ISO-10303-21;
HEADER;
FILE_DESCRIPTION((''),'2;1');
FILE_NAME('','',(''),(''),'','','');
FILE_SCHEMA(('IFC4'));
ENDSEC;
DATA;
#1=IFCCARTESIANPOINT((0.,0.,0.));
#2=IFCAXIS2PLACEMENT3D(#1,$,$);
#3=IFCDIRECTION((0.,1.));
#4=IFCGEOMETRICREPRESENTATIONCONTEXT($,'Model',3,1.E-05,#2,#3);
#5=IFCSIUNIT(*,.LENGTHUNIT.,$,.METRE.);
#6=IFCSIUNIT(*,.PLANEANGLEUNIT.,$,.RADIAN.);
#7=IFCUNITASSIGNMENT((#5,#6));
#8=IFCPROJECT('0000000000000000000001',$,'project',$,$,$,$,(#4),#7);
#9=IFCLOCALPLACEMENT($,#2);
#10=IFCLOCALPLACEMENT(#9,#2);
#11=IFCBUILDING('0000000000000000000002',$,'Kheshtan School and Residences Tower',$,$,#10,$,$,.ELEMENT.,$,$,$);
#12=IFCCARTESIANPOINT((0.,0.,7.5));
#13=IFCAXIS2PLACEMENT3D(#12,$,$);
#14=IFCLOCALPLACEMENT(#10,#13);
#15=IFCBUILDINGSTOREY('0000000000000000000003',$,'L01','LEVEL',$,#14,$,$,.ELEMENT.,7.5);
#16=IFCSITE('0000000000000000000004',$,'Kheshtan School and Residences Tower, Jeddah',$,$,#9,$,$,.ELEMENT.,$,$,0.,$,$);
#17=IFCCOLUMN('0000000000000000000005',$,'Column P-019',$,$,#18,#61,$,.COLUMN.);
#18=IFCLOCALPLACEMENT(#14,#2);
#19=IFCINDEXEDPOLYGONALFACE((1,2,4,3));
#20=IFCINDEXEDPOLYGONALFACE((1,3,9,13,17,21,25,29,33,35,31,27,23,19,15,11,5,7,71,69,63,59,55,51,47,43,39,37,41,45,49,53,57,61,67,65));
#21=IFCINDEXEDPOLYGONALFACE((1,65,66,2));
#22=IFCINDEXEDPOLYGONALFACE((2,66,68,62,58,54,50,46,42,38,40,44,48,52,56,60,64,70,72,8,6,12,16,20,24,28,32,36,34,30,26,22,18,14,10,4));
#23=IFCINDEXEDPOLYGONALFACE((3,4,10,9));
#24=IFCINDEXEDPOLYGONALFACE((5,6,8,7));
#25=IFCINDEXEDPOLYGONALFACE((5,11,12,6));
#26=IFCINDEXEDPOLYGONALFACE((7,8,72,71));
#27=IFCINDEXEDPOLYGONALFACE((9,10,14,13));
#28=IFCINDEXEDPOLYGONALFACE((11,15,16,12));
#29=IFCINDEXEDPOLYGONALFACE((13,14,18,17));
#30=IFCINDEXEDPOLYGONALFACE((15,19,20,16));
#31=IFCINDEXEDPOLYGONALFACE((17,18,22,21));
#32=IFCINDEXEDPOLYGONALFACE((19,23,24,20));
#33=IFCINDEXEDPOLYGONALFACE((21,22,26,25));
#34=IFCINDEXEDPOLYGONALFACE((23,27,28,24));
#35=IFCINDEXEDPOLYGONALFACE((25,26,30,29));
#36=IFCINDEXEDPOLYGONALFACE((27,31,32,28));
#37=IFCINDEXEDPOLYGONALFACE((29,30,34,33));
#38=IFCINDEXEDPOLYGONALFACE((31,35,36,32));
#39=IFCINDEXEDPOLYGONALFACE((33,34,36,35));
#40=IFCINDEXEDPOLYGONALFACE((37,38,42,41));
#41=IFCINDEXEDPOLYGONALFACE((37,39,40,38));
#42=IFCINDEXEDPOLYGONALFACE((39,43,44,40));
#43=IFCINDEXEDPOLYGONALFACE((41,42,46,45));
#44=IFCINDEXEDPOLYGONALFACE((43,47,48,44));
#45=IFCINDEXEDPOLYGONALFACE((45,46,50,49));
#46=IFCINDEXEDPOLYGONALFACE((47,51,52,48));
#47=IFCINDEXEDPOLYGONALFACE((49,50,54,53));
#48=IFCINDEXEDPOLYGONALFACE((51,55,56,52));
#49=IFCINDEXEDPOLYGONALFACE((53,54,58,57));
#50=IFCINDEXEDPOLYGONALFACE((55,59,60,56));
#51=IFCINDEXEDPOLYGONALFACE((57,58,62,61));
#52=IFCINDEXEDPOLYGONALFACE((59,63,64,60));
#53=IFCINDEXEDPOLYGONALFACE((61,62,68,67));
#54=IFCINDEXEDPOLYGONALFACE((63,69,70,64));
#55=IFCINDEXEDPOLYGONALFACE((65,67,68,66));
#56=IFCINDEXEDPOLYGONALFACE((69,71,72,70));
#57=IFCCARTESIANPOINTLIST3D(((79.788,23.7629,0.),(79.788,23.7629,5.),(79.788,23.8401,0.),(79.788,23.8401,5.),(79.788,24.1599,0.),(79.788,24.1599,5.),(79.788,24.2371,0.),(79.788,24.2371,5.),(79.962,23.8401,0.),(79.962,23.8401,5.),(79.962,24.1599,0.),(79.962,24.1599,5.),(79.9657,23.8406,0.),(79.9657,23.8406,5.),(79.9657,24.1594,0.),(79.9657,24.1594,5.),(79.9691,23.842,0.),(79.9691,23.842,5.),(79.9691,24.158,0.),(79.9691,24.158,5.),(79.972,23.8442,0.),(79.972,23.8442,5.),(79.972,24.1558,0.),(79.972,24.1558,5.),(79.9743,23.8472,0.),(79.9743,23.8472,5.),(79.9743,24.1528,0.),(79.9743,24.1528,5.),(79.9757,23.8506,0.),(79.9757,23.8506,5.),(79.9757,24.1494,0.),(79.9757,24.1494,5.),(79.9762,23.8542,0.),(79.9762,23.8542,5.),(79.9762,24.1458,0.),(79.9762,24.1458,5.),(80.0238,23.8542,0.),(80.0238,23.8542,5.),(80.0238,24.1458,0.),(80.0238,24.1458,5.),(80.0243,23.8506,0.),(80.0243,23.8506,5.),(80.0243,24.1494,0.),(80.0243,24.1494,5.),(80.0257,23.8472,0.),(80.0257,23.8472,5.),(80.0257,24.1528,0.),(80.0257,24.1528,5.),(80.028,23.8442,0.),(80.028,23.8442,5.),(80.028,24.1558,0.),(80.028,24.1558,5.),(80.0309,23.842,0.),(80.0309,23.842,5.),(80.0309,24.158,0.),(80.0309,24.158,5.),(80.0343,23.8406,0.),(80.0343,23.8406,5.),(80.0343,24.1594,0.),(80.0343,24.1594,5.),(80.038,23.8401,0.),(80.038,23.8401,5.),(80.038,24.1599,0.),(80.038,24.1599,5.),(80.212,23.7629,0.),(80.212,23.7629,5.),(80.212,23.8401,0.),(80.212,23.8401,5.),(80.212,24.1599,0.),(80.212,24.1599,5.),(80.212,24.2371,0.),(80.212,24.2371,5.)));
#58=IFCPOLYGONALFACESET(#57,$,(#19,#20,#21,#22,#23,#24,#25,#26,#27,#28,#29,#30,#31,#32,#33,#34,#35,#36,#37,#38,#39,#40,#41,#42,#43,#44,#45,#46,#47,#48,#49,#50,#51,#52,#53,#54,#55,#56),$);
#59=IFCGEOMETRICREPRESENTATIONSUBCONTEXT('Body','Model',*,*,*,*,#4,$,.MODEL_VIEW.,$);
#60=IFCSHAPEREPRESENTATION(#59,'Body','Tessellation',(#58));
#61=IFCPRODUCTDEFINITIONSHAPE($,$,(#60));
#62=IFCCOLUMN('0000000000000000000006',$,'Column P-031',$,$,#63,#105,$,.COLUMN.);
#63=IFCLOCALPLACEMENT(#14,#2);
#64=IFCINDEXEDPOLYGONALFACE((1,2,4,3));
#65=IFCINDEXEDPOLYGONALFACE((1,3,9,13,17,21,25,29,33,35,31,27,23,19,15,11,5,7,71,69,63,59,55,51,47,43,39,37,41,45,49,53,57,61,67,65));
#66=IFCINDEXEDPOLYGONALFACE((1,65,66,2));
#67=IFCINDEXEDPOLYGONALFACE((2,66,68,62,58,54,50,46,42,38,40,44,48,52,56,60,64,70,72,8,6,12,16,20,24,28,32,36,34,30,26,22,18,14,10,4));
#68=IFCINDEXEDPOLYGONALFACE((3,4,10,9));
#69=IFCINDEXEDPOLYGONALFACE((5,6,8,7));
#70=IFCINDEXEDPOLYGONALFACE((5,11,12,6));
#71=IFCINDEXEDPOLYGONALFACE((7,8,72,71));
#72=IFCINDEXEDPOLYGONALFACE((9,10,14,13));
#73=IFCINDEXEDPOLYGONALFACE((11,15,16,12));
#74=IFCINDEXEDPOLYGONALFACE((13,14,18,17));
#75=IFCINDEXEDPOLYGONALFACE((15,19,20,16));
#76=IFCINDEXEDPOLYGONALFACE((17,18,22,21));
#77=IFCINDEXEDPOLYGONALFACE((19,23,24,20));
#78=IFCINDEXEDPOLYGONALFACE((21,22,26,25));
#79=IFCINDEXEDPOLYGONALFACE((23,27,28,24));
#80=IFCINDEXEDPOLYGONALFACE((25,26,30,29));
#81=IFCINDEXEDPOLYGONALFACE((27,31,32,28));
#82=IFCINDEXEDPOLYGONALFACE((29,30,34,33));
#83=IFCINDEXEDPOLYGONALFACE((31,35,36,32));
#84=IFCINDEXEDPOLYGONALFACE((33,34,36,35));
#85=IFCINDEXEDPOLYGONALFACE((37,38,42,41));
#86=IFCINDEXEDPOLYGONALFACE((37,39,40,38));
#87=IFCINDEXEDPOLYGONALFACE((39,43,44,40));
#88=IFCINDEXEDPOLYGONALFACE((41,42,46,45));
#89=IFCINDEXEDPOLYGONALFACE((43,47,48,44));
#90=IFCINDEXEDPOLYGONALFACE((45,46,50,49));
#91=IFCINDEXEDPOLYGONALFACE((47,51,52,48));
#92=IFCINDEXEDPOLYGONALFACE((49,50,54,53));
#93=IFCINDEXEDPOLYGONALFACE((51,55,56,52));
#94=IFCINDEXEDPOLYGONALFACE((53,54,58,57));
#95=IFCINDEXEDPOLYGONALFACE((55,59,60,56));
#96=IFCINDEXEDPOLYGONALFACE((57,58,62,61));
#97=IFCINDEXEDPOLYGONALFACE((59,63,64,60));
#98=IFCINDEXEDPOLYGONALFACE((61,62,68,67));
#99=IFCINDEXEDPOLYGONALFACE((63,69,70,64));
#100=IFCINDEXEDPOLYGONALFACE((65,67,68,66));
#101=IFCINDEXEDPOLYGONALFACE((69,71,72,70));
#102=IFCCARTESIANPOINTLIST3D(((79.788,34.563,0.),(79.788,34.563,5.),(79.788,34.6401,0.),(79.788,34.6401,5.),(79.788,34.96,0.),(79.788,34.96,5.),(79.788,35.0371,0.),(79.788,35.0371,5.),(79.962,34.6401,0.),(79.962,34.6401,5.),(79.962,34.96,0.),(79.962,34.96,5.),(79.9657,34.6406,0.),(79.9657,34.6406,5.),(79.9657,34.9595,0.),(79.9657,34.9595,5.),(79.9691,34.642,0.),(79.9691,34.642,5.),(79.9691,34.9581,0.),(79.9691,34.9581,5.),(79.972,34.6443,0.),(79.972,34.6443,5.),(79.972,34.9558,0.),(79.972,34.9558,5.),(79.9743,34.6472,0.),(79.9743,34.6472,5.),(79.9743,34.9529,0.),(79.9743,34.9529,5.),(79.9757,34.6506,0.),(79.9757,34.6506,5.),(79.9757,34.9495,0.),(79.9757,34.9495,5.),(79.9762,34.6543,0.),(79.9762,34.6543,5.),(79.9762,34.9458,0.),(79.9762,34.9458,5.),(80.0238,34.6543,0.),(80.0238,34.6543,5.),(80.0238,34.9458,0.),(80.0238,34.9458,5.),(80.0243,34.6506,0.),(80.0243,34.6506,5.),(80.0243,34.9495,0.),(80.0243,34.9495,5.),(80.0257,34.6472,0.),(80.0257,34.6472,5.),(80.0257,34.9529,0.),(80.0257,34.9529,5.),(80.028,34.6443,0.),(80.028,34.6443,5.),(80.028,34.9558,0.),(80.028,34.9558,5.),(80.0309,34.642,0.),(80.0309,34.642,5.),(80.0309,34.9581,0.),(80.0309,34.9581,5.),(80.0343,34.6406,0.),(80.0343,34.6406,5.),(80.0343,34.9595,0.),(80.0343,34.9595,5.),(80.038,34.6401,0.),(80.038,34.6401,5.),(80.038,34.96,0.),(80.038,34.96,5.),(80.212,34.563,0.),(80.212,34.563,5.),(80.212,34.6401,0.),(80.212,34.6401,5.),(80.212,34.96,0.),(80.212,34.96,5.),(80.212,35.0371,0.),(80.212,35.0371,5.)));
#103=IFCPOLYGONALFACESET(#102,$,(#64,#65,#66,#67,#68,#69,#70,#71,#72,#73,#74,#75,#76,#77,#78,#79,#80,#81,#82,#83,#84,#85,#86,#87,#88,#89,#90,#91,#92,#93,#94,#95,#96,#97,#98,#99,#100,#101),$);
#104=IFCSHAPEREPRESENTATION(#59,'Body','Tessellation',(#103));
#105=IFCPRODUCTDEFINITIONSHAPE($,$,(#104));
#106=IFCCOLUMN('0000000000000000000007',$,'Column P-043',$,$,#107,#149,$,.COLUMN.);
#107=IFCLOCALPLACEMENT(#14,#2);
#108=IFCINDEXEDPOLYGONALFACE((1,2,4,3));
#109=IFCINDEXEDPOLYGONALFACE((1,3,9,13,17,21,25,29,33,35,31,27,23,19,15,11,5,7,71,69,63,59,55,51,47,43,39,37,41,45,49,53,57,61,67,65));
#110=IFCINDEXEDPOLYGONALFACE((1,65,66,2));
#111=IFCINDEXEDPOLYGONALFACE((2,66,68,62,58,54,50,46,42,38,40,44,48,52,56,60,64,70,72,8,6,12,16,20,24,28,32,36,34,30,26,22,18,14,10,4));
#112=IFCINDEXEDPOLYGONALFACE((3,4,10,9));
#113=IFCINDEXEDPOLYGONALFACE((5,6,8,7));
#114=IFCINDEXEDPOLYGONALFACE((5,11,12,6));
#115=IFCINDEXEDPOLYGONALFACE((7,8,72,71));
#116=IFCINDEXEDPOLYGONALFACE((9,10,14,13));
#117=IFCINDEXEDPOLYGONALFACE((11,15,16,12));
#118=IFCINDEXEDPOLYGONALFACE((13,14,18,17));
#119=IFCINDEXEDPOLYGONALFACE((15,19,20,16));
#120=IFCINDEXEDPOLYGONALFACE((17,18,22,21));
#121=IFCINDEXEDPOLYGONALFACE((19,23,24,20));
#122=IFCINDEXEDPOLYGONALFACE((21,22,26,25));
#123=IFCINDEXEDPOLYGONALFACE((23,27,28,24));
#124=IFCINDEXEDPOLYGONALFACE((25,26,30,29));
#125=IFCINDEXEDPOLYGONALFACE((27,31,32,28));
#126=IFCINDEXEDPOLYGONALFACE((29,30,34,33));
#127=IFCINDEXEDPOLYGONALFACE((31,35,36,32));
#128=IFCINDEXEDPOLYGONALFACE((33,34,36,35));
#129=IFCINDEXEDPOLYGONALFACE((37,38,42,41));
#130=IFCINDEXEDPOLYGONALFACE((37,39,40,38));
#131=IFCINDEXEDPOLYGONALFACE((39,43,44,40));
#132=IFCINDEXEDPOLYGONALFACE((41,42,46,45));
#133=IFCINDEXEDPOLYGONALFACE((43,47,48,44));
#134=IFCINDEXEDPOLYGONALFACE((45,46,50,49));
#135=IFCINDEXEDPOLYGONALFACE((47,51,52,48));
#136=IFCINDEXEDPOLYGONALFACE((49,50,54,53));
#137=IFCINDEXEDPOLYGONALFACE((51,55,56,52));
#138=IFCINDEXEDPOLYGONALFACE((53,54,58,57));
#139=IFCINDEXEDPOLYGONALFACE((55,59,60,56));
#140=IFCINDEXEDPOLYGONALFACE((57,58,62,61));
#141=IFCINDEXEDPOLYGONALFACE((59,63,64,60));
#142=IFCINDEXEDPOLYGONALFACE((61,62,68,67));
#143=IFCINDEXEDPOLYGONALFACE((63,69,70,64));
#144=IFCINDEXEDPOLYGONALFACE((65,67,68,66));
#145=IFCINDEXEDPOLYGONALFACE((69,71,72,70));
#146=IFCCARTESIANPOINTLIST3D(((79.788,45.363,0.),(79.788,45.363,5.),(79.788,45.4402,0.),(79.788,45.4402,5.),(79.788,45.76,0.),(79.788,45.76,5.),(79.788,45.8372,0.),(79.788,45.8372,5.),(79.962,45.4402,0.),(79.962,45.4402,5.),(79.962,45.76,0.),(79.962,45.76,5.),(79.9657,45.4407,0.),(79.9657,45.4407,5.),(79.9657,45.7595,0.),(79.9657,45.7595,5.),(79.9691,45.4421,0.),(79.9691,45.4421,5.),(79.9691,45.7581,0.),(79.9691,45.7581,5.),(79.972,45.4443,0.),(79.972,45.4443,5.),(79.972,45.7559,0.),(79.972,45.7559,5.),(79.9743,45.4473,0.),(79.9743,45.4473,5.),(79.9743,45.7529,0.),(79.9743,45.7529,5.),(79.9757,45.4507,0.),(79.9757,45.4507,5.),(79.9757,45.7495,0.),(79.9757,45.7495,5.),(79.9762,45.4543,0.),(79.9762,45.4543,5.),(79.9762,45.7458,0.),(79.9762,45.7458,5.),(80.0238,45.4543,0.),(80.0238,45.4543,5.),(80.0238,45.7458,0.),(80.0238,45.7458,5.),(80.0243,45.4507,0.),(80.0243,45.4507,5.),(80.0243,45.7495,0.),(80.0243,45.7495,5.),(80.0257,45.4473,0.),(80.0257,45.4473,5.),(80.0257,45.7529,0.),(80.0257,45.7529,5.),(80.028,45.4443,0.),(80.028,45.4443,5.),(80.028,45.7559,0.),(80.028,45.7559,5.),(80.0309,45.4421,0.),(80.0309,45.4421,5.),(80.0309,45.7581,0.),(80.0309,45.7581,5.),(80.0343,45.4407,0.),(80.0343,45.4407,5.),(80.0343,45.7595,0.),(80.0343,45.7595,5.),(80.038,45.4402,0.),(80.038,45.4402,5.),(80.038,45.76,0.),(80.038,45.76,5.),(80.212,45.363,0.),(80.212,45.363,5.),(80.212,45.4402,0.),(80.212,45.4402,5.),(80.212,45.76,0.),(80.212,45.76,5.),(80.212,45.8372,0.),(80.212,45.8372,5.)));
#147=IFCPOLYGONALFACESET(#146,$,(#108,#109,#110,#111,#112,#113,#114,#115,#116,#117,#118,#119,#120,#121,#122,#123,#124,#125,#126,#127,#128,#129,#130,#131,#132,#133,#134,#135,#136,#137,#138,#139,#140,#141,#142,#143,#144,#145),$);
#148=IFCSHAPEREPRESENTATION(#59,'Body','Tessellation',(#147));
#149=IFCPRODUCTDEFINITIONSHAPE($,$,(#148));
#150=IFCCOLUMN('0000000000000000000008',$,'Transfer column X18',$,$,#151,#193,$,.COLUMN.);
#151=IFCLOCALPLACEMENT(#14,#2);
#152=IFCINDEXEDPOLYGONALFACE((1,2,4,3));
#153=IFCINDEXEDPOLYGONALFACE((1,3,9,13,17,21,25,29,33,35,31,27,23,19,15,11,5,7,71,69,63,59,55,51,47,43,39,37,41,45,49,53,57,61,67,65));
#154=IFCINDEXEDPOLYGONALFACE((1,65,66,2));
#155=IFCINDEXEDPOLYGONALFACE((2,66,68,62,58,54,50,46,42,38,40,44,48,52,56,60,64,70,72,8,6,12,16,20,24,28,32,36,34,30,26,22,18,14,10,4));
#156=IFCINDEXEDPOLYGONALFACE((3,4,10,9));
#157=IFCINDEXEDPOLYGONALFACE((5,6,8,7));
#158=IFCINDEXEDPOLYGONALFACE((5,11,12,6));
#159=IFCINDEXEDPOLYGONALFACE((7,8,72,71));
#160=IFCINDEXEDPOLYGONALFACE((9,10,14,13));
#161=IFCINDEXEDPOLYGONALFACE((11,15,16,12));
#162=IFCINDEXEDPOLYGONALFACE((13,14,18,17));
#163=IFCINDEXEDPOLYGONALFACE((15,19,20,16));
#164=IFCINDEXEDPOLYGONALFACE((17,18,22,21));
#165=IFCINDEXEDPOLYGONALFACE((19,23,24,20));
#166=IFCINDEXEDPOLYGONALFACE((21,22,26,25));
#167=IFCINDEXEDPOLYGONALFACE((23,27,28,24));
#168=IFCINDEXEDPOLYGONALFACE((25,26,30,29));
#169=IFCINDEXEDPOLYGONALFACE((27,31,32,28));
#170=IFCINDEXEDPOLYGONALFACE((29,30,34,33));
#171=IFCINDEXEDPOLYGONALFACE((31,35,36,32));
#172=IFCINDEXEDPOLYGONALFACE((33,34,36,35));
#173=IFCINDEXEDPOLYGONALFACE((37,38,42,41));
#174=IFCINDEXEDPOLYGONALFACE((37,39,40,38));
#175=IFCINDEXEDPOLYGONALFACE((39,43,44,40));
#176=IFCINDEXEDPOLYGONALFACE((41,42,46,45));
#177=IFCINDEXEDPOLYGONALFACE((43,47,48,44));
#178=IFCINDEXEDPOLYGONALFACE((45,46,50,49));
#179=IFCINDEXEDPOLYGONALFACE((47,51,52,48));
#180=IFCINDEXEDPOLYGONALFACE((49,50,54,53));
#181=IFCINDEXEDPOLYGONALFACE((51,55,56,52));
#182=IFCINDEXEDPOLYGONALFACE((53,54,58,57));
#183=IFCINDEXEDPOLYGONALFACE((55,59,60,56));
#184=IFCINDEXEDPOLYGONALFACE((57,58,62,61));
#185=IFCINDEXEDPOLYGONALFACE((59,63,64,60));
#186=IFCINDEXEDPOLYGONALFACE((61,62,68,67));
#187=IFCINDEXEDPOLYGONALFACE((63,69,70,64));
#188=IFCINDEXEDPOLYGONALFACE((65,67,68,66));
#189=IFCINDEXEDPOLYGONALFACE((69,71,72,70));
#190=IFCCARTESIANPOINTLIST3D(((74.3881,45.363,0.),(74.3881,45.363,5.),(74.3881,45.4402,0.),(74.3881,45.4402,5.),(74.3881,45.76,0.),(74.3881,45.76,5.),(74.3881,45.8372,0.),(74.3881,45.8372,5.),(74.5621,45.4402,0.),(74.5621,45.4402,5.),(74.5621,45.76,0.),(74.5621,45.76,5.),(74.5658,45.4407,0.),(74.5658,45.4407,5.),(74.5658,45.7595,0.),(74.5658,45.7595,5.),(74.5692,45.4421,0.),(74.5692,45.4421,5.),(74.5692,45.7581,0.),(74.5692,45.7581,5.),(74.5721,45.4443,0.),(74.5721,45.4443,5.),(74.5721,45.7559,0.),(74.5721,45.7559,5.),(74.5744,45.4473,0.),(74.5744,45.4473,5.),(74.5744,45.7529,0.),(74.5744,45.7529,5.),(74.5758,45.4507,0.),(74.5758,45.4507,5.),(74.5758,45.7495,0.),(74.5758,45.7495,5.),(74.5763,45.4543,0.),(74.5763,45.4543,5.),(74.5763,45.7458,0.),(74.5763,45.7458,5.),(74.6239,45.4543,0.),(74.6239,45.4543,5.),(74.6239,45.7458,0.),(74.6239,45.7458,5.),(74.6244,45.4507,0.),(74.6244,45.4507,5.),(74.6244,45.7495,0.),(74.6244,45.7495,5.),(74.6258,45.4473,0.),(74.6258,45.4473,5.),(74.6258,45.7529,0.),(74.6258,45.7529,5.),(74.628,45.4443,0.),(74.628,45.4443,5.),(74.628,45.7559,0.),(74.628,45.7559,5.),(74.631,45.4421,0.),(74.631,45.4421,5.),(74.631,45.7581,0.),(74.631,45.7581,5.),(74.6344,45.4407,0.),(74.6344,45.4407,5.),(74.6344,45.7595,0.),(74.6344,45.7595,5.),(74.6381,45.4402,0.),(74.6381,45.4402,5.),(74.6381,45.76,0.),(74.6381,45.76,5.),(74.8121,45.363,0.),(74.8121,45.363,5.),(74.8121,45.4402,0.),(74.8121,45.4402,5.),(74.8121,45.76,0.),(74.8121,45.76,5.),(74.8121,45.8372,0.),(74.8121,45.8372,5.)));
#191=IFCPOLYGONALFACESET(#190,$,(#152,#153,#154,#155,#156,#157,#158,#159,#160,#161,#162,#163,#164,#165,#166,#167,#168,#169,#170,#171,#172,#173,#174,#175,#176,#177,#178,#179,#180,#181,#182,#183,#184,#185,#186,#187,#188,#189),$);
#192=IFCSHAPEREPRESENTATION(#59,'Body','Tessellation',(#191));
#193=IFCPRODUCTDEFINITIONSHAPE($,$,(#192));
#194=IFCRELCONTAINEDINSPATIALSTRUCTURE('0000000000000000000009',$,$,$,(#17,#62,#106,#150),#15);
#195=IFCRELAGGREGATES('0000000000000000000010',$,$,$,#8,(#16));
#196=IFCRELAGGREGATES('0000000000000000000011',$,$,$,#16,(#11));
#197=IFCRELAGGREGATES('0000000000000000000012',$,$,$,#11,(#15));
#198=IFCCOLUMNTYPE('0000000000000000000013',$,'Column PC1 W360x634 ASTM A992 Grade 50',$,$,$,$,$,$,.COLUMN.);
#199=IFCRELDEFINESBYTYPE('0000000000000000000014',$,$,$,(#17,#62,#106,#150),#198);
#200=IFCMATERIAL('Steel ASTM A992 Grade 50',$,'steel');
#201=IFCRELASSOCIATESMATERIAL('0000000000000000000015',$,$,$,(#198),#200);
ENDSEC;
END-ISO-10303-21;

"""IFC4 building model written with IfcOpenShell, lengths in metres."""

from ifc_helpers import new_model, si_unit, direction, frame, origin, origin_2d, place, context, subcontext, project, spatial, i_section, extrude, material, material_profile, profile_set, type_object, element, save


model = new_model("IFC4")

# Units and contexts
model_context = context("Model", 3, precision=1e-05, world=origin(), true_north=direction((0.0, 1.0)))
body_context = subcontext(model_context, "Body", "Model", "MODEL_VIEW")
ifc_project = project(units=[si_unit("LENGTHUNIT", "METRE"), si_unit("PLANEANGLEUNIT", "RADIAN")], contexts=[model_context])

# Site, building, storey
site_placement = place(None, origin())
site = spatial("IfcSite", under=ifc_project, at=site_placement, Name="Kheshtan School and Residences Tower, Jeddah", CompositionType="ELEMENT", RefElevation=0.0)
building_placement = place(site_placement, origin())
building = spatial("IfcBuilding", under=site, at=building_placement, Name="Kheshtan School and Residences Tower", CompositionType="ELEMENT")
storey_placement = place(building_placement, frame((0.0, 0.0, 7.5)))
storey = spatial("IfcBuildingStorey", under=building, at=storey_placement, Name="L01", Description="LEVEL", CompositionType="ELEMENT", Elevation=7.5)

# Columns
ifc_material_1 = material(Name="Steel ASTM A992 Grade 50", Category="steel")
ifc_material_profile_1 = material_profile(ifc_material_1, i_section(OverallWidth=0.4241, OverallDepth=0.4741, WebThickness=0.0476, FlangeThickness=0.0771, FilletRadius=0.0142, at=origin_2d()), Name="W360x634")
ifc_profile_set_1 = profile_set([ifc_material_profile_1], Name="Steel ASTM A992 Grade 50")
column_type = type_object("IfcColumnType", Name="Column PC1 W360x634 ASTM A992 Grade 50", PredefinedType="COLUMN", material=ifc_profile_set_1)
for number, where, z_axis, x_axis, name in (
    (1, (80.0, 24.0, 0.0), (0.0, 0.0, 1.0), (1.0, 0.0, 0.0), "Column P-019"),
    (2, (80.0, 34.8, 0.0), (0.0, 0.0, 1.0), (1.0, 0.0, 0.0), "Column P-031"),
    (3, (80.0, 45.6001, 0.0), (0.0, 0.0, 1.0), (1.0, 0.0, 0.0), "Column P-043"),
    (4, (74.6001, 45.6001, 0.0), (0.0, 0.0, 1.0), (1.0, 0.0, 0.0), "Transfer column X18"),
):
    element("IfcColumn", number, at=place(storey_placement, frame(where, z_axis=z_axis, x_axis=x_axis)), inside=storey, type_object=column_type, Name=name, PredefinedType="COLUMN", context=body_context, shape_type="SweptSolid", body=[
        extrude(i_section(OverallWidth=0.4241, OverallDepth=0.4741, WebThickness=0.0476, FlangeThickness=0.0771, FilletRadius=0.0142, at=origin_2d()), origin(), (0.0, 0.0, 1.0), 5.0),
    ])

save(model, "model.ifc")
